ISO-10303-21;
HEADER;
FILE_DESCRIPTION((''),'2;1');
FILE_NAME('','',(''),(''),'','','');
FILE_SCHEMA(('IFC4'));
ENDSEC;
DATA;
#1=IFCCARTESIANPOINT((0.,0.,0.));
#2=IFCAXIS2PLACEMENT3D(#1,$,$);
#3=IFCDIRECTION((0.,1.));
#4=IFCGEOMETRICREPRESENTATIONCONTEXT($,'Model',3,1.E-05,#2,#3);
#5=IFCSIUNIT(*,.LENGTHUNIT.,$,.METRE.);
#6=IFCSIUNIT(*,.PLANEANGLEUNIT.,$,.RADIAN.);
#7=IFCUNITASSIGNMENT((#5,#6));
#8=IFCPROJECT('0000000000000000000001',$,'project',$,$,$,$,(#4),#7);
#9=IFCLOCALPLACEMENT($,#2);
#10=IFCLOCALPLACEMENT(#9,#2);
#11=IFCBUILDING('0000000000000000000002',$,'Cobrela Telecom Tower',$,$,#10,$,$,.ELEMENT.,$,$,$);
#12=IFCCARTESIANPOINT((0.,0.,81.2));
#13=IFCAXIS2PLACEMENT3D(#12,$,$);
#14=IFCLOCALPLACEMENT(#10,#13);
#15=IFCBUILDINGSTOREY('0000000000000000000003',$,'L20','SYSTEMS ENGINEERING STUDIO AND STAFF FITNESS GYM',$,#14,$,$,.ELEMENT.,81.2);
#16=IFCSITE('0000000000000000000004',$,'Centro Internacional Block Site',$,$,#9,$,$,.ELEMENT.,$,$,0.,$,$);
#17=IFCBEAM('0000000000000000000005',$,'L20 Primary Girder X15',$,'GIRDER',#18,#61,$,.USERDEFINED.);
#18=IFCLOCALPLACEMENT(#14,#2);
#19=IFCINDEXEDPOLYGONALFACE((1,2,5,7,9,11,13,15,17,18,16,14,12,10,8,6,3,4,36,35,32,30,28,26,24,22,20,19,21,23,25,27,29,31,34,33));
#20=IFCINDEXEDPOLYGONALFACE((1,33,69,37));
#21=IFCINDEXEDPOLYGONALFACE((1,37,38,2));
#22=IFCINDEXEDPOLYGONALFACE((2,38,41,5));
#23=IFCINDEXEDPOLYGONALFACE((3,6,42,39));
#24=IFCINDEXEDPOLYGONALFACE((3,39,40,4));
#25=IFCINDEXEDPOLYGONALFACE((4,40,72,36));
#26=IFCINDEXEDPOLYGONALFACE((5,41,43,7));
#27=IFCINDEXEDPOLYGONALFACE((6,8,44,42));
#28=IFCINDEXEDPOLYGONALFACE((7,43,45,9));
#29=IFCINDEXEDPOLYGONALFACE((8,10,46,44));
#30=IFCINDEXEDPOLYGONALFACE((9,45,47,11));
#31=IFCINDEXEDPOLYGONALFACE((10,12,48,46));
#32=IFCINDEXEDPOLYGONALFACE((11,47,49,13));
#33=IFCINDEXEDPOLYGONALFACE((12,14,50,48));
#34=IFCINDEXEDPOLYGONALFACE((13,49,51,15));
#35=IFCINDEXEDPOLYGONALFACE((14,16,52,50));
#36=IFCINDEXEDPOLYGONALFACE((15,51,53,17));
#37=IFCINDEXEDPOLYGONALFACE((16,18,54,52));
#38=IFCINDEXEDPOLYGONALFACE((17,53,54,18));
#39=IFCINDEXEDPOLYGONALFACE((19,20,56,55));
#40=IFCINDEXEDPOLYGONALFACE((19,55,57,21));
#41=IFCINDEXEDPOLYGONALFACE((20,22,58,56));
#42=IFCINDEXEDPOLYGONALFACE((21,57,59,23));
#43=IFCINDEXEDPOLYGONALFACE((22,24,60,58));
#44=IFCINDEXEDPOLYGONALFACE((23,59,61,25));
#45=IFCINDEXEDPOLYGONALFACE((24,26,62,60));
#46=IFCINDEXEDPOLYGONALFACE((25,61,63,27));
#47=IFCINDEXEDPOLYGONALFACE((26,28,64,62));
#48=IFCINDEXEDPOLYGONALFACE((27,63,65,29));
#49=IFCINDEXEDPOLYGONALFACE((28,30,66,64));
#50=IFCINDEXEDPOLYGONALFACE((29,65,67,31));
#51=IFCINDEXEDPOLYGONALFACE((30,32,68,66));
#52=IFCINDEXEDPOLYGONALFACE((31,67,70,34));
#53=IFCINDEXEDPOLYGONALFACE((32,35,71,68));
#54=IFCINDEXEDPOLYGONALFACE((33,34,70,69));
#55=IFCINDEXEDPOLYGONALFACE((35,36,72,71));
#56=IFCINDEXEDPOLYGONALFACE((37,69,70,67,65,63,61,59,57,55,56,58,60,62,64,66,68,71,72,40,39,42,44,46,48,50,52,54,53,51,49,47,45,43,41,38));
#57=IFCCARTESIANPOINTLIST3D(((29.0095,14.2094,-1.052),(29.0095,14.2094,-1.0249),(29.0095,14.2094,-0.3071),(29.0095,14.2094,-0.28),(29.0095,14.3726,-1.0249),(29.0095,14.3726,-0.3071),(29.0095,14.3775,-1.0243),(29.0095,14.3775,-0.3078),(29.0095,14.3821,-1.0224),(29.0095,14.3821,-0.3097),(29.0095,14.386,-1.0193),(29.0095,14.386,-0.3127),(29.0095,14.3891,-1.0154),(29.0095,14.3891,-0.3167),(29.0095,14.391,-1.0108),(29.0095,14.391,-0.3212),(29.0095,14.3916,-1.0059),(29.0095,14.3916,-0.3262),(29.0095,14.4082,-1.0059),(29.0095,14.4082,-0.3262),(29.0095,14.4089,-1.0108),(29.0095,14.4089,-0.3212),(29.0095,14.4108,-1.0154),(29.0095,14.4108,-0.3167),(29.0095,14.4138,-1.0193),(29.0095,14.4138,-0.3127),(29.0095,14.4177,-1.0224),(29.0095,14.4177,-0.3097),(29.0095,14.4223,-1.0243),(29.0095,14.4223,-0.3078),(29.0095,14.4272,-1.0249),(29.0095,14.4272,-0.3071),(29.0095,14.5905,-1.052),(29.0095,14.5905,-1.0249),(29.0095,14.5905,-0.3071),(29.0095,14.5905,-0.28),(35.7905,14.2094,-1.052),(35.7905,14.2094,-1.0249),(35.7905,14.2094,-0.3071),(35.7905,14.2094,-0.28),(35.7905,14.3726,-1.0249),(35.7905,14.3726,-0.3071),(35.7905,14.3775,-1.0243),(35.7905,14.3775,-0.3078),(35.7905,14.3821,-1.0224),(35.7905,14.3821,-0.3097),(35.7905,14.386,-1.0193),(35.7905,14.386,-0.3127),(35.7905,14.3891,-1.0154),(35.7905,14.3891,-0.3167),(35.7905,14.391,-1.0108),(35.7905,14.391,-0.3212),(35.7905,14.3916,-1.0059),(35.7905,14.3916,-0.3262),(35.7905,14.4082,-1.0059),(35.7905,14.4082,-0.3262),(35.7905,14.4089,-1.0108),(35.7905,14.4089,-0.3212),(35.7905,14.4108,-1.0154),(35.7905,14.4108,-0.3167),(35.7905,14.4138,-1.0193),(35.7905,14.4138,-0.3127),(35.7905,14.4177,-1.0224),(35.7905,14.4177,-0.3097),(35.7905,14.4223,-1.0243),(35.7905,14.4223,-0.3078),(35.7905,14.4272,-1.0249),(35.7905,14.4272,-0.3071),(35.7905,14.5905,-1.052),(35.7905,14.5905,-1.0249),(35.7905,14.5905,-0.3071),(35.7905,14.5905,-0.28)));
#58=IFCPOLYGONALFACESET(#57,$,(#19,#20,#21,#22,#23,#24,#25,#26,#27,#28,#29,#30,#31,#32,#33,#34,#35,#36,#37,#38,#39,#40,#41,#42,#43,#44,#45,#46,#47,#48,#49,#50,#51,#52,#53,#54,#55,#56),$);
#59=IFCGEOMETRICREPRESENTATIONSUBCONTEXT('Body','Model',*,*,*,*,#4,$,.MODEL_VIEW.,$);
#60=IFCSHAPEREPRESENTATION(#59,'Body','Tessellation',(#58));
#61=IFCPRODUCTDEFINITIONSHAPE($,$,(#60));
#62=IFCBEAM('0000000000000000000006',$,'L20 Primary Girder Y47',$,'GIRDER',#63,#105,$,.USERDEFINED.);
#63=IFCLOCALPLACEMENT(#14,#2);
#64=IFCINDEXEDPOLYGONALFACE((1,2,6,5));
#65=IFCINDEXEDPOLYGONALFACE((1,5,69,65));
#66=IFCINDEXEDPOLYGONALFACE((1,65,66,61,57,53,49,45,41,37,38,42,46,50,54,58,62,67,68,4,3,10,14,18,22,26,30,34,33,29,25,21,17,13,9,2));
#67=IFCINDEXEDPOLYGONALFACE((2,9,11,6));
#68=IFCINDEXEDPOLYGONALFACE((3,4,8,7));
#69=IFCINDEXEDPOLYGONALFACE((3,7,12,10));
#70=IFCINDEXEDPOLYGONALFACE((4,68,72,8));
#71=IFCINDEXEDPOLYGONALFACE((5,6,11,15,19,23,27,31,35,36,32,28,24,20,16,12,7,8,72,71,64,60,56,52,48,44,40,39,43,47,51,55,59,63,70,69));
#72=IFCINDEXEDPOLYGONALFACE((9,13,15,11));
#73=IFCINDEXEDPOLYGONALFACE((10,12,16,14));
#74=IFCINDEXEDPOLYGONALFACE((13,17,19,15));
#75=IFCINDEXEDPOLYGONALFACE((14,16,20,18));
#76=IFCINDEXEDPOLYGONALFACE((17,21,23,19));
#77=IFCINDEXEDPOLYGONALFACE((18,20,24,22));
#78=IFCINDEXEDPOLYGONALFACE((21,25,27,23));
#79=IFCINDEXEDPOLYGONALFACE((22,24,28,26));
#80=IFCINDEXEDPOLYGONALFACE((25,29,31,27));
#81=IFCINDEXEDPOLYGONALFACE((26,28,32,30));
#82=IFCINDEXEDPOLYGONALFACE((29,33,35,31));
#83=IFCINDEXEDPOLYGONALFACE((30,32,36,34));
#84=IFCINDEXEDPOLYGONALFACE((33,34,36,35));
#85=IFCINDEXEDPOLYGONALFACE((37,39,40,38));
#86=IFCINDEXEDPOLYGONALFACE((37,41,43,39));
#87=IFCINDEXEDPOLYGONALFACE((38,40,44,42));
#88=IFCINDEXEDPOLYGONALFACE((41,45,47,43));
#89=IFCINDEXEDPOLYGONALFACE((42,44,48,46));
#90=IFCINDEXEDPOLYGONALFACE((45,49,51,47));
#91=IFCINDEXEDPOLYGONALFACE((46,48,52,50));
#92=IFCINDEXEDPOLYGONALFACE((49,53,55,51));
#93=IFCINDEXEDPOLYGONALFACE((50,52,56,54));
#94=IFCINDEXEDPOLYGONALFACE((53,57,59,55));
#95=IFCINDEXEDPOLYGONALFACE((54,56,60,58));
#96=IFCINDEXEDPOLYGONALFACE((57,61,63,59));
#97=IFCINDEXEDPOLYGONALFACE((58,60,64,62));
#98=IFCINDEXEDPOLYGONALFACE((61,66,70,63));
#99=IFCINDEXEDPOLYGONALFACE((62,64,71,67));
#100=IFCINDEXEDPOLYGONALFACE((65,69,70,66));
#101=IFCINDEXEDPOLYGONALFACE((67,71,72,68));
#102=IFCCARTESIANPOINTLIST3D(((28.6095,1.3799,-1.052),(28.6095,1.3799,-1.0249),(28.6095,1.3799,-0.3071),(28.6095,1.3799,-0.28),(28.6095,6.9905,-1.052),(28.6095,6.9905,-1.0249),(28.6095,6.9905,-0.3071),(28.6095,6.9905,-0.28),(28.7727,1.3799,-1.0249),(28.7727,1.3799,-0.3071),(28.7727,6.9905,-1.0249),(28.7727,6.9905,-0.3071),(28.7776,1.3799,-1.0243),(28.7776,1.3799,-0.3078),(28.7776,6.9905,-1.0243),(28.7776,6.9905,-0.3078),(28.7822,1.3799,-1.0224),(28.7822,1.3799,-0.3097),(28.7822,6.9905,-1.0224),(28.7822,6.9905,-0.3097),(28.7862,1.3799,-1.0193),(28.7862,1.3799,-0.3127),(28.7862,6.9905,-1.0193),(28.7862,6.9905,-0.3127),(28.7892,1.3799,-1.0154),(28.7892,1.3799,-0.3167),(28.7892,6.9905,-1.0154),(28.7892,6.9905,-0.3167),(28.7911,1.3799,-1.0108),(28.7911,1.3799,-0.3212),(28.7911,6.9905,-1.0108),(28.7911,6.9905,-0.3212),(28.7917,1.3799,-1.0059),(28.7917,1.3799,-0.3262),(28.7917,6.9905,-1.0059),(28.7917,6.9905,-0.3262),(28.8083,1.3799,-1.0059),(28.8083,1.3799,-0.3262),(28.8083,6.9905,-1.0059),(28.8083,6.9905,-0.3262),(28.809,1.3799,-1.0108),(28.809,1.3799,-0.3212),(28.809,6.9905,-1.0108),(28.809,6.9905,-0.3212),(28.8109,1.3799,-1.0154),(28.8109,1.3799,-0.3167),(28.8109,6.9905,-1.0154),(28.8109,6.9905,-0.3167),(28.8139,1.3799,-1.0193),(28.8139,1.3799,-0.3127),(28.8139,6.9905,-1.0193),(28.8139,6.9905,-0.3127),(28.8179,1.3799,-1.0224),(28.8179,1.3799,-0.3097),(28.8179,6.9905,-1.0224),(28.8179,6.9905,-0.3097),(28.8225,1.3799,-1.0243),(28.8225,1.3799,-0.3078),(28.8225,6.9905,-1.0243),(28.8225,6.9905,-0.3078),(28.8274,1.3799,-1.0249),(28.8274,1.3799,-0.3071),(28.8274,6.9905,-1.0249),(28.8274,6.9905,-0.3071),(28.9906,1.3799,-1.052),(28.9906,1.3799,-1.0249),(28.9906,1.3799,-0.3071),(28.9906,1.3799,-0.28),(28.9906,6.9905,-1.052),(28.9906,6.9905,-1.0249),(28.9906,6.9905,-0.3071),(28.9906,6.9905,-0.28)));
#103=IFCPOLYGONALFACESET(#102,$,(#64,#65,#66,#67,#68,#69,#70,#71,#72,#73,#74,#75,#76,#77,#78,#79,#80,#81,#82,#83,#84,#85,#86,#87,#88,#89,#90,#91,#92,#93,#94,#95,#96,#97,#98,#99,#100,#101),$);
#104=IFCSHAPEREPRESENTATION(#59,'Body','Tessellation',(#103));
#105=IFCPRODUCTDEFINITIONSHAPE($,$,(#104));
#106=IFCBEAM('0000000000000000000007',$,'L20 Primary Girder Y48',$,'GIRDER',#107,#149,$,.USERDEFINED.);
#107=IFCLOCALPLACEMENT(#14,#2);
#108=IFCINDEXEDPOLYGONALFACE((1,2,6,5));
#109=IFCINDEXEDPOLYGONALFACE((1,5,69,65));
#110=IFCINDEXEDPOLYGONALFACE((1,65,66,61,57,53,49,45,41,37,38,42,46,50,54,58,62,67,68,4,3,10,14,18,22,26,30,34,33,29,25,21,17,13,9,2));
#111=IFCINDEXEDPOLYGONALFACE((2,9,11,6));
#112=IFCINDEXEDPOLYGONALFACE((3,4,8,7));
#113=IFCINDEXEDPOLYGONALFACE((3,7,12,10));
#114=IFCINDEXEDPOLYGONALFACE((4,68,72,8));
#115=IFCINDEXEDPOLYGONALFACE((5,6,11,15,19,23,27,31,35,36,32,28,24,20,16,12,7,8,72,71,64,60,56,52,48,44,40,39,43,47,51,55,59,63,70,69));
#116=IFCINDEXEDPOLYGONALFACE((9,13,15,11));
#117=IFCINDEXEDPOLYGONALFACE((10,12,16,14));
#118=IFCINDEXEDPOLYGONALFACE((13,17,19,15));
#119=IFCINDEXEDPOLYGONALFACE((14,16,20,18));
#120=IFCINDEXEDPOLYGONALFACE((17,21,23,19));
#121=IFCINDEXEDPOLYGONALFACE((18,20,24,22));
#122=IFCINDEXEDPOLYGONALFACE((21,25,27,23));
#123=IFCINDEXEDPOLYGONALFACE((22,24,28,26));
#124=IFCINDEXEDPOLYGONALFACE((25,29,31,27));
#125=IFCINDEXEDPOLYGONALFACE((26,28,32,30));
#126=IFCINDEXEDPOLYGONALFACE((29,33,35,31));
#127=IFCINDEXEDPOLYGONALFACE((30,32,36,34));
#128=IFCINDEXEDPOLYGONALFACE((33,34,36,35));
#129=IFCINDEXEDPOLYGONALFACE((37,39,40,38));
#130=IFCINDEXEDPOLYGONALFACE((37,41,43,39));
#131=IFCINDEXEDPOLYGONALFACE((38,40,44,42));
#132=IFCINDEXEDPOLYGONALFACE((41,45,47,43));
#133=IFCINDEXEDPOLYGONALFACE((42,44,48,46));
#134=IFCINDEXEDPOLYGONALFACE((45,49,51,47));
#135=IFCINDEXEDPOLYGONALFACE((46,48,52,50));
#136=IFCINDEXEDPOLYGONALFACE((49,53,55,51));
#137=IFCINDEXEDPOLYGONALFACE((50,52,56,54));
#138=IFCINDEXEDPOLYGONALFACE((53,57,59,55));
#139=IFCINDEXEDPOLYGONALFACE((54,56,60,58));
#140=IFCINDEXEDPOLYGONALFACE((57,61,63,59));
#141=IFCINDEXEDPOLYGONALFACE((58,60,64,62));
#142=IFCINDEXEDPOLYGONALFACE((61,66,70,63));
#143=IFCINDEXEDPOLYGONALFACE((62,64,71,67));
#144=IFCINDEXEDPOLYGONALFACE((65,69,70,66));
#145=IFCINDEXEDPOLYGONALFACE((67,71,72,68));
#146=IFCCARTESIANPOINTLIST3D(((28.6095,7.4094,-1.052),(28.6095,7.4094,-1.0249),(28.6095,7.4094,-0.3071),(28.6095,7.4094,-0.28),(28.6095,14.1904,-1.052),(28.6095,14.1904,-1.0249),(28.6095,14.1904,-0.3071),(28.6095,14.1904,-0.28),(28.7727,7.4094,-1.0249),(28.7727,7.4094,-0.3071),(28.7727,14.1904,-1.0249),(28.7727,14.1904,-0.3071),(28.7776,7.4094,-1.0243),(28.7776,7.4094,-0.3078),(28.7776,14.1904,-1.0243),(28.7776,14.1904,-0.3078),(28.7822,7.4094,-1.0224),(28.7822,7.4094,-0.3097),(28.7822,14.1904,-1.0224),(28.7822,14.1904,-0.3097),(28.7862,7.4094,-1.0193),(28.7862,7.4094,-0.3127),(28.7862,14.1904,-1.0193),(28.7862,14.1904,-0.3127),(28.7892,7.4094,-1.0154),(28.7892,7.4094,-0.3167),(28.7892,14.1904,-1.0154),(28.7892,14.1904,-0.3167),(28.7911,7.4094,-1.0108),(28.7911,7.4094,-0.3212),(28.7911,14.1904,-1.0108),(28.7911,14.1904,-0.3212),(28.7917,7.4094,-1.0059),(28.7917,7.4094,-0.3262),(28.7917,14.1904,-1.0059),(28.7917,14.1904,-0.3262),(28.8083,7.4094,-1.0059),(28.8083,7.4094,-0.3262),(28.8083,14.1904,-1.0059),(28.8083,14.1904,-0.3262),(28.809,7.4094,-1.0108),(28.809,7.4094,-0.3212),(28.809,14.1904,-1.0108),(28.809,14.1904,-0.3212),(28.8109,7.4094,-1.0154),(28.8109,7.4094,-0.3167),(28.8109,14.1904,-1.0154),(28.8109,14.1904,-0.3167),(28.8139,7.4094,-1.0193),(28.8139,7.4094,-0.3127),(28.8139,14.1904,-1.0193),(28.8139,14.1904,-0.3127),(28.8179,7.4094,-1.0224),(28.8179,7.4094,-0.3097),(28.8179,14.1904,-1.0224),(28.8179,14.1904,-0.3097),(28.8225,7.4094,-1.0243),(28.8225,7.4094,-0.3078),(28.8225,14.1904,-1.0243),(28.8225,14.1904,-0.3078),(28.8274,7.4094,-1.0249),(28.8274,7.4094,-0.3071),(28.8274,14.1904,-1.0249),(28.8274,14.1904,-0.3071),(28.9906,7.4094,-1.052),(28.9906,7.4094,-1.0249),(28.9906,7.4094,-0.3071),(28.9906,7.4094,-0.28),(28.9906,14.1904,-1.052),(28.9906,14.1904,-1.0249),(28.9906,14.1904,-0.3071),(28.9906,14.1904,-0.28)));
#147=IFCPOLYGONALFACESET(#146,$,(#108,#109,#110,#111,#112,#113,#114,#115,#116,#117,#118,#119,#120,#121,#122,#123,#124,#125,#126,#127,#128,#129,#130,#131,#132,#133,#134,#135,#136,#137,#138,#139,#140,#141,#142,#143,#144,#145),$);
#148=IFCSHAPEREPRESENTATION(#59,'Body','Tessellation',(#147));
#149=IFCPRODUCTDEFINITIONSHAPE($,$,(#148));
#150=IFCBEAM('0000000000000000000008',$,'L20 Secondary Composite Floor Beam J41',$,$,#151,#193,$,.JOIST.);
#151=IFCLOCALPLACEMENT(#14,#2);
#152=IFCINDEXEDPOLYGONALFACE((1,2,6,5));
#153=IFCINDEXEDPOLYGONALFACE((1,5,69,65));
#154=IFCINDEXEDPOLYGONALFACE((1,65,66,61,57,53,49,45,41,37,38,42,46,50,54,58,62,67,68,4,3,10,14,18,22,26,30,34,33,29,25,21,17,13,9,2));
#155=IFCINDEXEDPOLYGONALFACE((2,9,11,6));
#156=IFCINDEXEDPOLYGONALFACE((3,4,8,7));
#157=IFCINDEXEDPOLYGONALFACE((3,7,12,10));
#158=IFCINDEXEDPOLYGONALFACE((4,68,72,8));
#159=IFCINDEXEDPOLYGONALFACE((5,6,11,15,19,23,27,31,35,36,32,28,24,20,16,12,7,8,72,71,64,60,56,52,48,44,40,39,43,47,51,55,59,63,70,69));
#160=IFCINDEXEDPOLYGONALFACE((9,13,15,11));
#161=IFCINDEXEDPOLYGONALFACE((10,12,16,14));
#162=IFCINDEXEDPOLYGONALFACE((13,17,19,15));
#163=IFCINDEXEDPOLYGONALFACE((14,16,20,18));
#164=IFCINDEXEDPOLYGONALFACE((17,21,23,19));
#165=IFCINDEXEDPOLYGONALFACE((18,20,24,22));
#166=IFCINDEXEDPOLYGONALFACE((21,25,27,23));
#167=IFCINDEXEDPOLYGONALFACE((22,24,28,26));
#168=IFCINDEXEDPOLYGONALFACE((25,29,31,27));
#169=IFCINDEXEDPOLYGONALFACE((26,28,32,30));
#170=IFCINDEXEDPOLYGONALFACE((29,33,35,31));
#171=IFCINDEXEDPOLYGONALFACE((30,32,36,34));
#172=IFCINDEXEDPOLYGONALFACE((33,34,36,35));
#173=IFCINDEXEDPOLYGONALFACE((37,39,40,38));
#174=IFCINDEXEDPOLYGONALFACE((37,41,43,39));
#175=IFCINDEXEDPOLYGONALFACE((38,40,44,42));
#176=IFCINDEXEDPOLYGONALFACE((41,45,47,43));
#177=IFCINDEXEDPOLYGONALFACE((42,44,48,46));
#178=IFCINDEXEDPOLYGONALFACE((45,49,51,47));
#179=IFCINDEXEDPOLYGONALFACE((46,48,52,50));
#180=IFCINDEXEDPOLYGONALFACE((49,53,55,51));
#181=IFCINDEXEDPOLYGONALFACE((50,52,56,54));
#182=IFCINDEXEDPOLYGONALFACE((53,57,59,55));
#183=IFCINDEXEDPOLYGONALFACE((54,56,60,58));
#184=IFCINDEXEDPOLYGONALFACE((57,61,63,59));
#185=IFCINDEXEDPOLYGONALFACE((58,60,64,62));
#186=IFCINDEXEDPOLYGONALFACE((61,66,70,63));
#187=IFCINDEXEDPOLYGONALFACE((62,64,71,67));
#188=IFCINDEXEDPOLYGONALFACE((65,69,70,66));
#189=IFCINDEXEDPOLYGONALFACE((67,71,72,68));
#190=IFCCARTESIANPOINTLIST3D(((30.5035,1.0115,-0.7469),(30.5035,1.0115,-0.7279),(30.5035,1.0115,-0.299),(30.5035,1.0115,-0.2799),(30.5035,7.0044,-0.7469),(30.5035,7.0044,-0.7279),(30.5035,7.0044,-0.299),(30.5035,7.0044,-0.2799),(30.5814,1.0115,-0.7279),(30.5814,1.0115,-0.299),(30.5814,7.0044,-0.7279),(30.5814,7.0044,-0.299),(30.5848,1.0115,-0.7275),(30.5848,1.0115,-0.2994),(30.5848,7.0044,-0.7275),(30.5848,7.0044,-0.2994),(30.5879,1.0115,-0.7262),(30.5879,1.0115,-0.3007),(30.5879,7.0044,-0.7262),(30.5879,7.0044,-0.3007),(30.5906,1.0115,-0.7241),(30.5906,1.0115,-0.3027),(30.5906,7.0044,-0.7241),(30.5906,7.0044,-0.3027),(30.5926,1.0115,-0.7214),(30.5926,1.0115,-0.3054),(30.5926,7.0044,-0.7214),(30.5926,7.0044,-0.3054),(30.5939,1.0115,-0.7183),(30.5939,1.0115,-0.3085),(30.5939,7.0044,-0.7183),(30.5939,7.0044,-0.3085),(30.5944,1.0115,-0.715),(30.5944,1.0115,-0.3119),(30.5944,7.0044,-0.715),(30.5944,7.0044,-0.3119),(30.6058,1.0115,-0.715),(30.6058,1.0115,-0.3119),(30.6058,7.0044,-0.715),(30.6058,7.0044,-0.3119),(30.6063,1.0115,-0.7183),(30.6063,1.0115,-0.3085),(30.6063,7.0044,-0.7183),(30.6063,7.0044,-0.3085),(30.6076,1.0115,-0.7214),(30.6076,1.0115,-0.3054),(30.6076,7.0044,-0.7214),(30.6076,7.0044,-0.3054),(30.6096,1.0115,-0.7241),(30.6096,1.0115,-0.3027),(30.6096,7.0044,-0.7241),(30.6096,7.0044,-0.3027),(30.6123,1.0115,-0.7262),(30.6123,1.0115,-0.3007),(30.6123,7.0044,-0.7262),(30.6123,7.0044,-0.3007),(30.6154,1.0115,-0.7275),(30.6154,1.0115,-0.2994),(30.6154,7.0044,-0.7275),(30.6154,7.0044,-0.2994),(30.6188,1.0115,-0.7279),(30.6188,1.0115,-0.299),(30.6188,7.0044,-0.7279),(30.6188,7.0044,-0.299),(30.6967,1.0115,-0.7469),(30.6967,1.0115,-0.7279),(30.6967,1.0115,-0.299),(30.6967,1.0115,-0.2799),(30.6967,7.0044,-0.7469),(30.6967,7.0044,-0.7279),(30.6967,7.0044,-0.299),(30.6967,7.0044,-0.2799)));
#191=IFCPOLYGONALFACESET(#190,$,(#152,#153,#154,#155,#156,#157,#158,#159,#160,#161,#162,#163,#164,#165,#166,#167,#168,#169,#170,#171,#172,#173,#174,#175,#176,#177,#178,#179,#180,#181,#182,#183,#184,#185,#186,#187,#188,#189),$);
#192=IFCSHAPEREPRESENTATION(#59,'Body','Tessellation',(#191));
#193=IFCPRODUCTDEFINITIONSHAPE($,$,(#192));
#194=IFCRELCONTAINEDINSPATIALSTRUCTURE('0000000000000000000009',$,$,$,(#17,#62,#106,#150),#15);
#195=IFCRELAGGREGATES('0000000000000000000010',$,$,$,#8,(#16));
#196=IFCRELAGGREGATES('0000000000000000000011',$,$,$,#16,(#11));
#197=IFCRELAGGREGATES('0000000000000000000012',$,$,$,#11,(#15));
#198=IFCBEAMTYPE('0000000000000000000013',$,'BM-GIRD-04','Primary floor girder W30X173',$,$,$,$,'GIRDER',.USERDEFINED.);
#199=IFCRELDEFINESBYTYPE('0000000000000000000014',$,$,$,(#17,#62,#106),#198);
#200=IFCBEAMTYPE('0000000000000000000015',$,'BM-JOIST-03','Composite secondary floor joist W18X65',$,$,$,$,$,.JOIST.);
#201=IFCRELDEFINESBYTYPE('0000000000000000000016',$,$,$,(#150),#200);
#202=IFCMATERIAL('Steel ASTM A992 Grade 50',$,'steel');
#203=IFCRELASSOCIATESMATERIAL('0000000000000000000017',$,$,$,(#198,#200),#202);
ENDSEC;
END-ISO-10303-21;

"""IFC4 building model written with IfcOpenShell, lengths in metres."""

from ifc_helpers import new_model, si_unit, direction, frame, origin, origin_2d, place, context, subcontext, project, spatial, i_section, extrude, material, material_profile, profile_set, type_object, element, save


model = new_model("IFC4")

# Units and contexts
model_context = context("Model", 3, precision=1e-05, world=origin(), true_north=direction((0.0, 1.0)))
body_context = subcontext(model_context, "Body", "Model", "MODEL_VIEW")
ifc_project = project(units=[si_unit("LENGTHUNIT", "METRE"), si_unit("PLANEANGLEUNIT", "RADIAN")], contexts=[model_context])

# Site, building, storey
site_placement = place(None, origin())
site = spatial("IfcSite", under=ifc_project, at=site_placement, Name="Centro Internacional Block Site", CompositionType="ELEMENT", RefElevation=0.0)
building_placement = place(site_placement, origin())
building = spatial("IfcBuilding", under=site, at=building_placement, Name="Cobrela Telecom Tower", CompositionType="ELEMENT")
storey_placement = place(building_placement, frame((0.0, 0.0, 81.2)))
storey = spatial("IfcBuildingStorey", under=building, at=storey_placement, Name="L20", Description="SYSTEMS ENGINEERING STUDIO AND STAFF FITNESS GYM", CompositionType="ELEMENT", Elevation=81.2)

# Shared definitions
ifc_material_1 = material(Name="Steel ASTM A992 Grade 50", Category="steel")

# Beams
ifc_material_profile_1 = material_profile(ifc_material_1, i_section(OverallWidth=0.3811, OverallDepth=0.772, WebThickness=0.0166, FlangeThickness=0.0271, FilletRadius=0.019, at=origin_2d()), Name="W30X173")
ifc_profile_set_1 = profile_set([ifc_material_profile_1], Name="Steel ASTM A992 Grade 50")
beam_type_1 = type_object("IfcBeamType", Name="BM-GIRD-04", Description="Primary floor girder W30X173", ElementType="GIRDER", PredefinedType="USERDEFINED", material=ifc_profile_set_1)
for number, where, z_axis, x_axis, name in (
    (1, (29.0095, 14.3999, -0.666), (1.0, 0.0, 0.0), (0.0, 1.0, 0.0), "L20 Primary Girder X15"),
):
    element("IfcBeam", number, at=place(storey_placement, frame(where, z_axis=z_axis, x_axis=x_axis)), inside=storey, type_object=beam_type_1, Name=name, ObjectType="GIRDER", PredefinedType="USERDEFINED", context=body_context, shape_type="SweptSolid", body=[
        extrude(i_section(OverallWidth=0.3811, OverallDepth=0.772, WebThickness=0.0166, FlangeThickness=0.0271, FilletRadius=0.019, at=origin_2d()), origin(), (0.0, 0.0, 1.0), 6.781),
    ])
beam_1_placement = place(storey_placement, frame((28.8, 1.3799, -0.666), z_axis=(0.0, 1.0, 0.0), x_axis=(-1.0, 0.0, 0.0)))
element("IfcBeam", 2, at=beam_1_placement, inside=storey, type_object=beam_type_1, Name="L20 Primary Girder Y47", ObjectType="GIRDER", PredefinedType="USERDEFINED", context=body_context, shape_type="SweptSolid", body=[
    extrude(i_section(OverallWidth=0.3811, OverallDepth=0.772, WebThickness=0.0166, FlangeThickness=0.0271, FilletRadius=0.019, at=origin_2d()), origin(), (0.0, 0.0, 1.0), 5.6106),
])
beam_2_placement = place(storey_placement, frame((28.8, 7.4094, -0.666), z_axis=(0.0, 1.0, 0.0), x_axis=(-1.0, 0.0, 0.0)))
element("IfcBeam", 3, at=beam_2_placement, inside=storey, type_object=beam_type_1, Name="L20 Primary Girder Y48", ObjectType="GIRDER", PredefinedType="USERDEFINED", context=body_context, shape_type="SweptSolid", body=[
    extrude(i_section(OverallWidth=0.3811, OverallDepth=0.772, WebThickness=0.0166, FlangeThickness=0.0271, FilletRadius=0.019, at=origin_2d()), origin(), (0.0, 0.0, 1.0), 6.781),
])
ifc_material_profile_2 = material_profile(ifc_material_1, i_section(OverallWidth=0.1931, OverallDepth=0.467, WebThickness=0.0115, FlangeThickness=0.019, FilletRadius=0.0129, at=origin_2d()), Name="W18X65")
ifc_profile_set_2 = profile_set([ifc_material_profile_2], Name="Steel ASTM A992 Grade 50")
beam_type_2 = type_object("IfcBeamType", Name="BM-JOIST-03", Description="Composite secondary floor joist W18X65", PredefinedType="JOIST", material=ifc_profile_set_2)
beam_3_placement = place(storey_placement, frame((30.6001, 1.0115, -0.5134), z_axis=(0.0, 1.0, 0.0), x_axis=(-1.0, 0.0, 0.0)))
element("IfcBeam", 4, at=beam_3_placement, inside=storey, type_object=beam_type_2, Name="L20 Secondary Composite Floor Beam J41", PredefinedType="JOIST", context=body_context, shape_type="SweptSolid", body=[
    extrude(i_section(OverallWidth=0.1931, OverallDepth=0.467, WebThickness=0.0115, FlangeThickness=0.019, FilletRadius=0.0129, at=origin_2d()), origin(), (0.0, 0.0, 1.0), 5.9929),
])

save(model, "model.ifc")
